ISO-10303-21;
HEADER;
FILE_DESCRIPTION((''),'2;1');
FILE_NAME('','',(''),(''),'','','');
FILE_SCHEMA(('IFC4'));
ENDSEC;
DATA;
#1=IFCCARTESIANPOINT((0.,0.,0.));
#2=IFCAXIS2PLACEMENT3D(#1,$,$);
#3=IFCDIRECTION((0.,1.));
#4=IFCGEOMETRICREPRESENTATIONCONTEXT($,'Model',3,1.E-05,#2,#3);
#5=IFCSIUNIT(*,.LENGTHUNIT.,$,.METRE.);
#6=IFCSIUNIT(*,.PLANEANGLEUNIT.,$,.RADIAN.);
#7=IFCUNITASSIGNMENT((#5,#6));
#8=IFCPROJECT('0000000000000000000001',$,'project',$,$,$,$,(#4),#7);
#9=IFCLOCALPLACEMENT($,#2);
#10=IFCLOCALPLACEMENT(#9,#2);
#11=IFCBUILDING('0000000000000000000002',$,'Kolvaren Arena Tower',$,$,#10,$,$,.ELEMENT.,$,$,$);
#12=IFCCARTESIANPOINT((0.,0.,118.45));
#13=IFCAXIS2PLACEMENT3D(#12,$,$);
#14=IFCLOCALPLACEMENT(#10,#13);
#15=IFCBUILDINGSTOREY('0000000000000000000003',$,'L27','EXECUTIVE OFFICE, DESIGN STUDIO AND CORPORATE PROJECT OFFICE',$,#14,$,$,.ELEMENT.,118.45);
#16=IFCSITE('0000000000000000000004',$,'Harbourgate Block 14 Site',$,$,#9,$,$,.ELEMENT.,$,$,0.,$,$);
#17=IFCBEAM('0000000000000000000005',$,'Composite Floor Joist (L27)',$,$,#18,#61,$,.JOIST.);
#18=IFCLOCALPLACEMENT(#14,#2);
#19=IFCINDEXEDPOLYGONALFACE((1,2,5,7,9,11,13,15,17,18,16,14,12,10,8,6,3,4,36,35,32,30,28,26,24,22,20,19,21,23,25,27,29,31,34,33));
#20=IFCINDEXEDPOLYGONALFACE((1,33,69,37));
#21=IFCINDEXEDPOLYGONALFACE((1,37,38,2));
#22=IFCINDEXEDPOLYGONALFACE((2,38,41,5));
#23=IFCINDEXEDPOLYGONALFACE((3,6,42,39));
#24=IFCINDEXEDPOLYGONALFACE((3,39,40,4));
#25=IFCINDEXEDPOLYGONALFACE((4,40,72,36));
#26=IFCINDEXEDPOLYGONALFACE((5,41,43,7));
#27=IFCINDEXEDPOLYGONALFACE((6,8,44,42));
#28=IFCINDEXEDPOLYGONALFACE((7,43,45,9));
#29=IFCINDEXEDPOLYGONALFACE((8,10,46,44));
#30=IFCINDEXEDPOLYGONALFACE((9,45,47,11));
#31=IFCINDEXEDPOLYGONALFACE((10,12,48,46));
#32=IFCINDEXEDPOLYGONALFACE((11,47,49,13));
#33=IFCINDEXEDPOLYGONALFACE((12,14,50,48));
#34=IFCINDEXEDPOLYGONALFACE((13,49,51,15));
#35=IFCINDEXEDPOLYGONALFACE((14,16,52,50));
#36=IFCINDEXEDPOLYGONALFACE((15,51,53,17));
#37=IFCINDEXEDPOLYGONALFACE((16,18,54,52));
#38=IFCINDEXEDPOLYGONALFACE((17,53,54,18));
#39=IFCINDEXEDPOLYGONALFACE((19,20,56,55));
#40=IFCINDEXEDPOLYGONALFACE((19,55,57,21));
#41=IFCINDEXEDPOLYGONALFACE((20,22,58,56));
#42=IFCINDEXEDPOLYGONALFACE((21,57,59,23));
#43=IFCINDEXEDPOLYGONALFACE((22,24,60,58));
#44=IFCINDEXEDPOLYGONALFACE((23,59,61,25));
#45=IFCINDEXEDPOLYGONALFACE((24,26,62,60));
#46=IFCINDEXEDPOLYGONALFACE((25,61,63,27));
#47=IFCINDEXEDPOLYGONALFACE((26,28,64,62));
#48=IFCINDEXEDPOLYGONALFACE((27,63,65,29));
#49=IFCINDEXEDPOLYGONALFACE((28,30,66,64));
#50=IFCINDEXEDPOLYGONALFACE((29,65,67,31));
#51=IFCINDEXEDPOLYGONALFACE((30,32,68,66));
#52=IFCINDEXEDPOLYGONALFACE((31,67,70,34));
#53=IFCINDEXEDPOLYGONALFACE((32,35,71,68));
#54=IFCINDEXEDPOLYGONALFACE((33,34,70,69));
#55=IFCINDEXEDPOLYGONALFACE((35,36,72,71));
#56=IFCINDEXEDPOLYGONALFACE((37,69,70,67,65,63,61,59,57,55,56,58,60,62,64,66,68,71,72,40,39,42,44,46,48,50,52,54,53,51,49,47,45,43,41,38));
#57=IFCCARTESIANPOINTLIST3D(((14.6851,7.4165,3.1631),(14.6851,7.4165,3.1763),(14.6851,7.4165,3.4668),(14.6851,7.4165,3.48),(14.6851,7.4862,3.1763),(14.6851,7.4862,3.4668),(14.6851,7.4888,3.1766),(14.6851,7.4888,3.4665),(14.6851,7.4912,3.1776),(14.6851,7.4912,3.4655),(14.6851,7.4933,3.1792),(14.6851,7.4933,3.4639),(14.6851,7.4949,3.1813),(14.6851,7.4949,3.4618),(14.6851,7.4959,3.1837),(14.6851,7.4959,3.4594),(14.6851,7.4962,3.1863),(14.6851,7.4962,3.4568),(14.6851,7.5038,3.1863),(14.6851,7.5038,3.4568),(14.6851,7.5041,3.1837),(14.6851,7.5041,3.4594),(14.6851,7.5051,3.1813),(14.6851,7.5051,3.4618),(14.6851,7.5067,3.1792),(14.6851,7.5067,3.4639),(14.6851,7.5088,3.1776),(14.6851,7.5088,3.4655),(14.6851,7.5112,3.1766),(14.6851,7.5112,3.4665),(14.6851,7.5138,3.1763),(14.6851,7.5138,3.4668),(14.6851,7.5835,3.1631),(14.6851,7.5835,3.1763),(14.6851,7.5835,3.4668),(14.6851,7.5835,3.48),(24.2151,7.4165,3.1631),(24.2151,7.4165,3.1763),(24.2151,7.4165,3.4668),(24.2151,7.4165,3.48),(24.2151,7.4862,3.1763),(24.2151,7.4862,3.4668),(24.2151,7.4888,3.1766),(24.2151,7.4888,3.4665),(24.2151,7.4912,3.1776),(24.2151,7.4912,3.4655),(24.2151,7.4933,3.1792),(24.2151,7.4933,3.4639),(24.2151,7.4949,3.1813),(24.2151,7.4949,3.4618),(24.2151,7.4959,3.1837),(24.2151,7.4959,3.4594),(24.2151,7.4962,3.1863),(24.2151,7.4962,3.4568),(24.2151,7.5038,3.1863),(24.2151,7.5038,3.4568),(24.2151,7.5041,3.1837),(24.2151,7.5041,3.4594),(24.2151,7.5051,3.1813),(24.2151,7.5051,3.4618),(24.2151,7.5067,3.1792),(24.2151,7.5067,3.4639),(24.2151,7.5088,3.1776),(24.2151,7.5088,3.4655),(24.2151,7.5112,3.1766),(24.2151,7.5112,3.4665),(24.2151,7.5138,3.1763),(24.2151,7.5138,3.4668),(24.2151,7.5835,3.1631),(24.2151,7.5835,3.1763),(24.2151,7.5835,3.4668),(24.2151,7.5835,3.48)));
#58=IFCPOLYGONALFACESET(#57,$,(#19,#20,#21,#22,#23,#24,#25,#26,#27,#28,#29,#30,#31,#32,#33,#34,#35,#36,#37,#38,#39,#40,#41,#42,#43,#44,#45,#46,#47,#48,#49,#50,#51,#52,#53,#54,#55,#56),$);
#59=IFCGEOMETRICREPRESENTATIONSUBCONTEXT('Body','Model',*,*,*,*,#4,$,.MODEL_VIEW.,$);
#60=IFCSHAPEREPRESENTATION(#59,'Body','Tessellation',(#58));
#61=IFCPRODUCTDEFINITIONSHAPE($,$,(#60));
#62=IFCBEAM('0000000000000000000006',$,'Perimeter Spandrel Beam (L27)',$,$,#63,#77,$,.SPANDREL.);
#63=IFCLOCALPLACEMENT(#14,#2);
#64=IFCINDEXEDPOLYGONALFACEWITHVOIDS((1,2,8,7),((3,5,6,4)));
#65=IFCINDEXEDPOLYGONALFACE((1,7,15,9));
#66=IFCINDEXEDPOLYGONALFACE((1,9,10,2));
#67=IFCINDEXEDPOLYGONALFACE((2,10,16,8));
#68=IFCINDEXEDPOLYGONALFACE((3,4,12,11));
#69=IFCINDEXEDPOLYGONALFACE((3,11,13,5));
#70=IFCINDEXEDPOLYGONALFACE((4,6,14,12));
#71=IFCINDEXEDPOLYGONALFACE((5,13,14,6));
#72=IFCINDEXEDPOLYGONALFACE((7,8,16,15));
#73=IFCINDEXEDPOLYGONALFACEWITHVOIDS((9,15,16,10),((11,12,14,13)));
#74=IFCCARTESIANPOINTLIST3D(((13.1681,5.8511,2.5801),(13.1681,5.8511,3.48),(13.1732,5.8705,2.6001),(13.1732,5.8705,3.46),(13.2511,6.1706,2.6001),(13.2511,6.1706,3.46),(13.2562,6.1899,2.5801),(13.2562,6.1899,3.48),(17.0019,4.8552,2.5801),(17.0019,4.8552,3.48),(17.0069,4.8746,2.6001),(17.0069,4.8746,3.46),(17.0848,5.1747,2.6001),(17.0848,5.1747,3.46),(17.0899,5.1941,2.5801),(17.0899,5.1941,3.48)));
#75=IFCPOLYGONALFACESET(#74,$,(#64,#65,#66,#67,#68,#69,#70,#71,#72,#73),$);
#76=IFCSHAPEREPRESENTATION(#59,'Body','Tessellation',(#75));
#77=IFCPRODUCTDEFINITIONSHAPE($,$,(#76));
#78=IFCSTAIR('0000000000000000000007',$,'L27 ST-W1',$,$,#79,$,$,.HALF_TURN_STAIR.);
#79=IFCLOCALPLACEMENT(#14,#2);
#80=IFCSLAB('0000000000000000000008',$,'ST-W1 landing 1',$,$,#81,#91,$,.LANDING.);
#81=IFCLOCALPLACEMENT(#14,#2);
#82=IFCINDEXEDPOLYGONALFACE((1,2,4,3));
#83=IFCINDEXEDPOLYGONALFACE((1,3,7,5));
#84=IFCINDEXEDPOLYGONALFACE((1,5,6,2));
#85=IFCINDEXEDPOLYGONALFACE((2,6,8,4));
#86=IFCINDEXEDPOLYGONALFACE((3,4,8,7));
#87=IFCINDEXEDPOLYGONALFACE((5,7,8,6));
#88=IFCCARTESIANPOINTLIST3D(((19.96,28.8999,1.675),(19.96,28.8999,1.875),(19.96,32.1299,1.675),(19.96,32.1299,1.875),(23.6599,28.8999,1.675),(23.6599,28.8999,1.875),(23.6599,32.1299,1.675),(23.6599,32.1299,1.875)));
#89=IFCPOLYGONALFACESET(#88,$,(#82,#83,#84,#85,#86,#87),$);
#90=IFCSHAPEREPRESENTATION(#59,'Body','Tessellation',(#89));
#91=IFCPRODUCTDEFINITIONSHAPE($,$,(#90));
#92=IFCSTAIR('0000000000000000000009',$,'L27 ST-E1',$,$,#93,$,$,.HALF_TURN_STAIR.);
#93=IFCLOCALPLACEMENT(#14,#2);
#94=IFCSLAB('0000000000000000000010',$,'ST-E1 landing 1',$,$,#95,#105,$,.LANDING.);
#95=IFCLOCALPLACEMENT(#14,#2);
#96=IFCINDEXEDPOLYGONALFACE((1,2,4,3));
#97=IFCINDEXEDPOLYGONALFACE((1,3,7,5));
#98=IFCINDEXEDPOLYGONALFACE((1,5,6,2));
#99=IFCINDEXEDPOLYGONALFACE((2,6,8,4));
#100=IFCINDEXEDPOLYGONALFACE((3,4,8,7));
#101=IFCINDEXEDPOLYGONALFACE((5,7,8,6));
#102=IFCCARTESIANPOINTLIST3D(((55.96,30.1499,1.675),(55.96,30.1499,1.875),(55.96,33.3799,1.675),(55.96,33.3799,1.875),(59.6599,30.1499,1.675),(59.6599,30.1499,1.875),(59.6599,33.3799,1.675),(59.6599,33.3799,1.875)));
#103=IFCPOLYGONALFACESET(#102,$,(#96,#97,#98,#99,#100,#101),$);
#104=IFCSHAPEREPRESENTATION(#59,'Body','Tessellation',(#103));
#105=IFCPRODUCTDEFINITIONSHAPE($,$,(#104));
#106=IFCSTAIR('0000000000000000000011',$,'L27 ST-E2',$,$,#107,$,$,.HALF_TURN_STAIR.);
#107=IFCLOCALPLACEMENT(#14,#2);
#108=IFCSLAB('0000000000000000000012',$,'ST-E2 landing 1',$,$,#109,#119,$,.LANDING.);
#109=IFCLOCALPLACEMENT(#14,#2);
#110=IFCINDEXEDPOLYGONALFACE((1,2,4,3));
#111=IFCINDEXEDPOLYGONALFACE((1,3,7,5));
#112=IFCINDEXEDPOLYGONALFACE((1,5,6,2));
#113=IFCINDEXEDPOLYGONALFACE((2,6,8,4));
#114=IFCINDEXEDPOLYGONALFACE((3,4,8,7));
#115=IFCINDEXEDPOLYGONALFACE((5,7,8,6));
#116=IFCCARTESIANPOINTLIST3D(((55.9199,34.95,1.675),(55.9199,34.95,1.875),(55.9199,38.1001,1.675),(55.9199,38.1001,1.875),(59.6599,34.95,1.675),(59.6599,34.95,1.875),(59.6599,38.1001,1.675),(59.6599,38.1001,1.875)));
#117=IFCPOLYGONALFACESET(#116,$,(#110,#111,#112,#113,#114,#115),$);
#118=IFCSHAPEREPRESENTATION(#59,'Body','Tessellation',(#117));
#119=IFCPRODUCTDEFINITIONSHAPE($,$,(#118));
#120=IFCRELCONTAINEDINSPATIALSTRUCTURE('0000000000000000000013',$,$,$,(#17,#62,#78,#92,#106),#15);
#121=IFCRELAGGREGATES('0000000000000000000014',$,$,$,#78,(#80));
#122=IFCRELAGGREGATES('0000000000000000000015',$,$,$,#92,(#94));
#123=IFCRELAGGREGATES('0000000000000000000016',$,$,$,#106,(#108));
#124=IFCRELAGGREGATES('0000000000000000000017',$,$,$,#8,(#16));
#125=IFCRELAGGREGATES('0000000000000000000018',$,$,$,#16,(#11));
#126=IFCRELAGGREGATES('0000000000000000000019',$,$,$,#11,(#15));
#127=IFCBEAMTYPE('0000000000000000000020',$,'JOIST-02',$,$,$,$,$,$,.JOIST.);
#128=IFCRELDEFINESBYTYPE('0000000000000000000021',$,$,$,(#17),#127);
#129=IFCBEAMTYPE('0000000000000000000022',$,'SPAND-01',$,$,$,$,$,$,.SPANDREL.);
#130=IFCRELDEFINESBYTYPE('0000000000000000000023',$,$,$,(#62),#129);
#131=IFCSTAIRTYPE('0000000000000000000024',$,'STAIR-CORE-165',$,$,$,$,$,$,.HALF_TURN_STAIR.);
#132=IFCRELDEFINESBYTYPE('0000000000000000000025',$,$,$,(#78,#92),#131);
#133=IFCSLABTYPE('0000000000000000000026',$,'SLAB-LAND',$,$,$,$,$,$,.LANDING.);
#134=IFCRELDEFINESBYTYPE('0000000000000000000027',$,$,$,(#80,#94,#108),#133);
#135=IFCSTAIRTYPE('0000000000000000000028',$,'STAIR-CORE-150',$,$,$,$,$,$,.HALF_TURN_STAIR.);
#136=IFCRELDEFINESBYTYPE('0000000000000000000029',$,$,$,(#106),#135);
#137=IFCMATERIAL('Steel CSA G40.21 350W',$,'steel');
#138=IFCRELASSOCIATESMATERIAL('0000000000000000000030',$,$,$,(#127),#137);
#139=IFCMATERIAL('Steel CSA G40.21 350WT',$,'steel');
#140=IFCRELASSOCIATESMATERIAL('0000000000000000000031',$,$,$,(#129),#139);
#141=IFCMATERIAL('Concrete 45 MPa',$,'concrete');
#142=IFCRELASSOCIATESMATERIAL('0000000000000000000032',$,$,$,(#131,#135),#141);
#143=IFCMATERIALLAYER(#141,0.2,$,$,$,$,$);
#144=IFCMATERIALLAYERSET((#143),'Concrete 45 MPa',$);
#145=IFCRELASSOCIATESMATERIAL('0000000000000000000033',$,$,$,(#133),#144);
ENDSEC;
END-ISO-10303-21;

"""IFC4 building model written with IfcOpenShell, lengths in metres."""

from ifc_helpers import new_model, si_unit, direction, frame, origin, origin_2d, place, context, subcontext, project, spatial, polyline, hollow_rectangle, i_section, outline, extrude, material, layer, layer_set, material_profile, profile_set, type_object, element, aggregate, save


model = new_model("IFC4")

# Units and contexts
model_context = context("Model", 3, precision=1e-05, world=origin(), true_north=direction((0.0, 1.0)))
body_context = subcontext(model_context, "Body", "Model", "MODEL_VIEW")
ifc_project = project(units=[si_unit("LENGTHUNIT", "METRE"), si_unit("PLANEANGLEUNIT", "RADIAN")], contexts=[model_context])

# Site, building, storey
site_placement = place(None, origin())
site = spatial("IfcSite", under=ifc_project, at=site_placement, Name="Harbourgate Block 14 Site", CompositionType="ELEMENT", RefElevation=0.0)
building_placement = place(site_placement, origin())
building = spatial("IfcBuilding", under=site, at=building_placement, Name="Kolvaren Arena Tower", CompositionType="ELEMENT")
storey_placement = place(building_placement, frame((0.0, 0.0, 118.45)))
storey = spatial("IfcBuildingStorey", under=building, at=storey_placement, Name="L27", Description="EXECUTIVE OFFICE, DESIGN STUDIO AND CORPORATE PROJECT OFFICE", CompositionType="ELEMENT", Elevation=118.45)

# Beams
ifc_material_1 = material(Name="Steel CSA G40.21 350W", Category="steel")
ifc_material_profile_1 = material_profile(ifc_material_1, i_section(OverallWidth=0.167, OverallDepth=0.3169, WebThickness=0.0076, FlangeThickness=0.0132, FilletRadius=0.01, at=origin_2d()), Name="W310x52")
ifc_profile_set_1 = profile_set([ifc_material_profile_1], Name="Steel CSA G40.21 350W")
beam_type_1 = type_object("IfcBeamType", Name="JOIST-02", PredefinedType="JOIST", material=ifc_profile_set_1)
beam_1_placement = place(storey_placement, frame((14.6851, 7.5, 3.3215), z_axis=(1.0, 0.0, 0.0), x_axis=(0.0, 1.0, 0.0)))
element("IfcBeam", 1, at=beam_1_placement, inside=storey, type_object=beam_type_1, Name="Composite Floor Joist (L27)", PredefinedType="JOIST", context=body_context, shape_type="SweptSolid", body=[
    extrude(i_section(OverallWidth=0.167, OverallDepth=0.3169, WebThickness=0.0076, FlangeThickness=0.0132, FilletRadius=0.01, at=origin_2d()), origin(), (0.0, 0.0, 1.0), 9.53),
])
ifc_material_2 = material(Name="Steel CSA G40.21 350WT", Category="steel")
ifc_material_profile_2 = material_profile(ifc_material_2, hollow_rectangle(XDim=0.3501, YDim=0.8999, WallThickness=0.02, at=origin_2d()), Name="HSS 900x350x20")
ifc_profile_set_2 = profile_set([ifc_material_profile_2], Name="Steel CSA G40.21 350WT")
beam_type_2 = type_object("IfcBeamType", Name="SPAND-01", PredefinedType="SPANDREL", material=ifc_profile_set_2)
beam_2_placement = place(storey_placement, frame((13.2122, 6.0205, 3.03), z_axis=(0.967879, -0.251416, 0.0), x_axis=(0.251416, 0.967879, 0.0)))
element("IfcBeam", 2, at=beam_2_placement, inside=storey, type_object=beam_type_2, Name="Perimeter Spandrel Beam (L27)", PredefinedType="SPANDREL", context=body_context, shape_type="SweptSolid", body=[
    extrude(hollow_rectangle(XDim=0.3501, YDim=0.8999, WallThickness=0.02, at=origin_2d()), origin(), (0.0, 0.0, 1.0), 3.9609),
])

# Stairs, slabs
ifc_material_3 = material(Name="Concrete 45 MPa", Category="concrete")
stair_type_1 = type_object("IfcStairType", Name="STAIR-CORE-165", PredefinedType="HALF_TURN_STAIR", material=ifc_material_3)
stair_1_placement = place(storey_placement, origin())
stair_1 = element("IfcStair", 3, at=stair_1_placement, inside=storey, type_object=stair_type_1, Name="L27 ST-W1", PredefinedType="HALF_TURN_STAIR")
ifc_layer_1 = layer(ifc_material_3, 0.2)
ifc_layer_set_1 = layer_set([ifc_layer_1], Name="Concrete 45 MPa")
slab_type_1 = type_object("IfcSlabType", Name="SLAB-LAND", PredefinedType="LANDING", material=ifc_layer_set_1)
slab_1_placement = place(storey_placement, frame((0.0, 0.0, 1.675)))
slab_1 = element("IfcSlab", 4, at=slab_1_placement, type_object=slab_type_1, Name="ST-W1 landing 1", PredefinedType="LANDING", context=body_context, shape_type="SweptSolid", body=[
    extrude(outline(polyline([(19.96, 28.8999), (23.6599, 28.8999), (23.6599, 32.1299), (19.96, 32.1299), (19.96, 28.8999)])), origin(), (0.0, 0.0, 1.0), 0.2),
])
aggregate(stair_1, [slab_1])
stair_2_placement = place(storey_placement, origin())
stair_2 = element("IfcStair", 5, at=stair_2_placement, inside=storey, type_object=stair_type_1, Name="L27 ST-E1", PredefinedType="HALF_TURN_STAIR")
slab_2_placement = place(storey_placement, frame((0.0, 0.0, 1.675)))
slab_2 = element("IfcSlab", 6, at=slab_2_placement, type_object=slab_type_1, Name="ST-E1 landing 1", PredefinedType="LANDING", context=body_context, shape_type="SweptSolid", body=[
    extrude(outline(polyline([(55.96, 30.1499), (59.6599, 30.1499), (59.6599, 33.3799), (55.96, 33.3799), (55.96, 30.1499)])), origin(), (0.0, 0.0, 1.0), 0.2),
])
aggregate(stair_2, [slab_2])
stair_type_2 = type_object("IfcStairType", Name="STAIR-CORE-150", PredefinedType="HALF_TURN_STAIR", material=ifc_material_3)
stair_3_placement = place(storey_placement, origin())
stair_3 = element("IfcStair", 7, at=stair_3_placement, inside=storey, type_object=stair_type_2, Name="L27 ST-E2", PredefinedType="HALF_TURN_STAIR")
slab_3_placement = place(storey_placement, frame((0.0, 0.0, 1.675)))
slab_3 = element("IfcSlab", 8, at=slab_3_placement, type_object=slab_type_1, Name="ST-E2 landing 1", PredefinedType="LANDING", context=body_context, shape_type="SweptSolid", body=[
    extrude(outline(polyline([(55.9199, 34.95), (59.6599, 34.95), (59.6599, 38.1001), (55.9199, 38.1001), (55.9199, 34.95)])), origin(), (0.0, 0.0, 1.0), 0.2),
])
aggregate(stair_3, [slab_3])

save(model, "model.ifc")
